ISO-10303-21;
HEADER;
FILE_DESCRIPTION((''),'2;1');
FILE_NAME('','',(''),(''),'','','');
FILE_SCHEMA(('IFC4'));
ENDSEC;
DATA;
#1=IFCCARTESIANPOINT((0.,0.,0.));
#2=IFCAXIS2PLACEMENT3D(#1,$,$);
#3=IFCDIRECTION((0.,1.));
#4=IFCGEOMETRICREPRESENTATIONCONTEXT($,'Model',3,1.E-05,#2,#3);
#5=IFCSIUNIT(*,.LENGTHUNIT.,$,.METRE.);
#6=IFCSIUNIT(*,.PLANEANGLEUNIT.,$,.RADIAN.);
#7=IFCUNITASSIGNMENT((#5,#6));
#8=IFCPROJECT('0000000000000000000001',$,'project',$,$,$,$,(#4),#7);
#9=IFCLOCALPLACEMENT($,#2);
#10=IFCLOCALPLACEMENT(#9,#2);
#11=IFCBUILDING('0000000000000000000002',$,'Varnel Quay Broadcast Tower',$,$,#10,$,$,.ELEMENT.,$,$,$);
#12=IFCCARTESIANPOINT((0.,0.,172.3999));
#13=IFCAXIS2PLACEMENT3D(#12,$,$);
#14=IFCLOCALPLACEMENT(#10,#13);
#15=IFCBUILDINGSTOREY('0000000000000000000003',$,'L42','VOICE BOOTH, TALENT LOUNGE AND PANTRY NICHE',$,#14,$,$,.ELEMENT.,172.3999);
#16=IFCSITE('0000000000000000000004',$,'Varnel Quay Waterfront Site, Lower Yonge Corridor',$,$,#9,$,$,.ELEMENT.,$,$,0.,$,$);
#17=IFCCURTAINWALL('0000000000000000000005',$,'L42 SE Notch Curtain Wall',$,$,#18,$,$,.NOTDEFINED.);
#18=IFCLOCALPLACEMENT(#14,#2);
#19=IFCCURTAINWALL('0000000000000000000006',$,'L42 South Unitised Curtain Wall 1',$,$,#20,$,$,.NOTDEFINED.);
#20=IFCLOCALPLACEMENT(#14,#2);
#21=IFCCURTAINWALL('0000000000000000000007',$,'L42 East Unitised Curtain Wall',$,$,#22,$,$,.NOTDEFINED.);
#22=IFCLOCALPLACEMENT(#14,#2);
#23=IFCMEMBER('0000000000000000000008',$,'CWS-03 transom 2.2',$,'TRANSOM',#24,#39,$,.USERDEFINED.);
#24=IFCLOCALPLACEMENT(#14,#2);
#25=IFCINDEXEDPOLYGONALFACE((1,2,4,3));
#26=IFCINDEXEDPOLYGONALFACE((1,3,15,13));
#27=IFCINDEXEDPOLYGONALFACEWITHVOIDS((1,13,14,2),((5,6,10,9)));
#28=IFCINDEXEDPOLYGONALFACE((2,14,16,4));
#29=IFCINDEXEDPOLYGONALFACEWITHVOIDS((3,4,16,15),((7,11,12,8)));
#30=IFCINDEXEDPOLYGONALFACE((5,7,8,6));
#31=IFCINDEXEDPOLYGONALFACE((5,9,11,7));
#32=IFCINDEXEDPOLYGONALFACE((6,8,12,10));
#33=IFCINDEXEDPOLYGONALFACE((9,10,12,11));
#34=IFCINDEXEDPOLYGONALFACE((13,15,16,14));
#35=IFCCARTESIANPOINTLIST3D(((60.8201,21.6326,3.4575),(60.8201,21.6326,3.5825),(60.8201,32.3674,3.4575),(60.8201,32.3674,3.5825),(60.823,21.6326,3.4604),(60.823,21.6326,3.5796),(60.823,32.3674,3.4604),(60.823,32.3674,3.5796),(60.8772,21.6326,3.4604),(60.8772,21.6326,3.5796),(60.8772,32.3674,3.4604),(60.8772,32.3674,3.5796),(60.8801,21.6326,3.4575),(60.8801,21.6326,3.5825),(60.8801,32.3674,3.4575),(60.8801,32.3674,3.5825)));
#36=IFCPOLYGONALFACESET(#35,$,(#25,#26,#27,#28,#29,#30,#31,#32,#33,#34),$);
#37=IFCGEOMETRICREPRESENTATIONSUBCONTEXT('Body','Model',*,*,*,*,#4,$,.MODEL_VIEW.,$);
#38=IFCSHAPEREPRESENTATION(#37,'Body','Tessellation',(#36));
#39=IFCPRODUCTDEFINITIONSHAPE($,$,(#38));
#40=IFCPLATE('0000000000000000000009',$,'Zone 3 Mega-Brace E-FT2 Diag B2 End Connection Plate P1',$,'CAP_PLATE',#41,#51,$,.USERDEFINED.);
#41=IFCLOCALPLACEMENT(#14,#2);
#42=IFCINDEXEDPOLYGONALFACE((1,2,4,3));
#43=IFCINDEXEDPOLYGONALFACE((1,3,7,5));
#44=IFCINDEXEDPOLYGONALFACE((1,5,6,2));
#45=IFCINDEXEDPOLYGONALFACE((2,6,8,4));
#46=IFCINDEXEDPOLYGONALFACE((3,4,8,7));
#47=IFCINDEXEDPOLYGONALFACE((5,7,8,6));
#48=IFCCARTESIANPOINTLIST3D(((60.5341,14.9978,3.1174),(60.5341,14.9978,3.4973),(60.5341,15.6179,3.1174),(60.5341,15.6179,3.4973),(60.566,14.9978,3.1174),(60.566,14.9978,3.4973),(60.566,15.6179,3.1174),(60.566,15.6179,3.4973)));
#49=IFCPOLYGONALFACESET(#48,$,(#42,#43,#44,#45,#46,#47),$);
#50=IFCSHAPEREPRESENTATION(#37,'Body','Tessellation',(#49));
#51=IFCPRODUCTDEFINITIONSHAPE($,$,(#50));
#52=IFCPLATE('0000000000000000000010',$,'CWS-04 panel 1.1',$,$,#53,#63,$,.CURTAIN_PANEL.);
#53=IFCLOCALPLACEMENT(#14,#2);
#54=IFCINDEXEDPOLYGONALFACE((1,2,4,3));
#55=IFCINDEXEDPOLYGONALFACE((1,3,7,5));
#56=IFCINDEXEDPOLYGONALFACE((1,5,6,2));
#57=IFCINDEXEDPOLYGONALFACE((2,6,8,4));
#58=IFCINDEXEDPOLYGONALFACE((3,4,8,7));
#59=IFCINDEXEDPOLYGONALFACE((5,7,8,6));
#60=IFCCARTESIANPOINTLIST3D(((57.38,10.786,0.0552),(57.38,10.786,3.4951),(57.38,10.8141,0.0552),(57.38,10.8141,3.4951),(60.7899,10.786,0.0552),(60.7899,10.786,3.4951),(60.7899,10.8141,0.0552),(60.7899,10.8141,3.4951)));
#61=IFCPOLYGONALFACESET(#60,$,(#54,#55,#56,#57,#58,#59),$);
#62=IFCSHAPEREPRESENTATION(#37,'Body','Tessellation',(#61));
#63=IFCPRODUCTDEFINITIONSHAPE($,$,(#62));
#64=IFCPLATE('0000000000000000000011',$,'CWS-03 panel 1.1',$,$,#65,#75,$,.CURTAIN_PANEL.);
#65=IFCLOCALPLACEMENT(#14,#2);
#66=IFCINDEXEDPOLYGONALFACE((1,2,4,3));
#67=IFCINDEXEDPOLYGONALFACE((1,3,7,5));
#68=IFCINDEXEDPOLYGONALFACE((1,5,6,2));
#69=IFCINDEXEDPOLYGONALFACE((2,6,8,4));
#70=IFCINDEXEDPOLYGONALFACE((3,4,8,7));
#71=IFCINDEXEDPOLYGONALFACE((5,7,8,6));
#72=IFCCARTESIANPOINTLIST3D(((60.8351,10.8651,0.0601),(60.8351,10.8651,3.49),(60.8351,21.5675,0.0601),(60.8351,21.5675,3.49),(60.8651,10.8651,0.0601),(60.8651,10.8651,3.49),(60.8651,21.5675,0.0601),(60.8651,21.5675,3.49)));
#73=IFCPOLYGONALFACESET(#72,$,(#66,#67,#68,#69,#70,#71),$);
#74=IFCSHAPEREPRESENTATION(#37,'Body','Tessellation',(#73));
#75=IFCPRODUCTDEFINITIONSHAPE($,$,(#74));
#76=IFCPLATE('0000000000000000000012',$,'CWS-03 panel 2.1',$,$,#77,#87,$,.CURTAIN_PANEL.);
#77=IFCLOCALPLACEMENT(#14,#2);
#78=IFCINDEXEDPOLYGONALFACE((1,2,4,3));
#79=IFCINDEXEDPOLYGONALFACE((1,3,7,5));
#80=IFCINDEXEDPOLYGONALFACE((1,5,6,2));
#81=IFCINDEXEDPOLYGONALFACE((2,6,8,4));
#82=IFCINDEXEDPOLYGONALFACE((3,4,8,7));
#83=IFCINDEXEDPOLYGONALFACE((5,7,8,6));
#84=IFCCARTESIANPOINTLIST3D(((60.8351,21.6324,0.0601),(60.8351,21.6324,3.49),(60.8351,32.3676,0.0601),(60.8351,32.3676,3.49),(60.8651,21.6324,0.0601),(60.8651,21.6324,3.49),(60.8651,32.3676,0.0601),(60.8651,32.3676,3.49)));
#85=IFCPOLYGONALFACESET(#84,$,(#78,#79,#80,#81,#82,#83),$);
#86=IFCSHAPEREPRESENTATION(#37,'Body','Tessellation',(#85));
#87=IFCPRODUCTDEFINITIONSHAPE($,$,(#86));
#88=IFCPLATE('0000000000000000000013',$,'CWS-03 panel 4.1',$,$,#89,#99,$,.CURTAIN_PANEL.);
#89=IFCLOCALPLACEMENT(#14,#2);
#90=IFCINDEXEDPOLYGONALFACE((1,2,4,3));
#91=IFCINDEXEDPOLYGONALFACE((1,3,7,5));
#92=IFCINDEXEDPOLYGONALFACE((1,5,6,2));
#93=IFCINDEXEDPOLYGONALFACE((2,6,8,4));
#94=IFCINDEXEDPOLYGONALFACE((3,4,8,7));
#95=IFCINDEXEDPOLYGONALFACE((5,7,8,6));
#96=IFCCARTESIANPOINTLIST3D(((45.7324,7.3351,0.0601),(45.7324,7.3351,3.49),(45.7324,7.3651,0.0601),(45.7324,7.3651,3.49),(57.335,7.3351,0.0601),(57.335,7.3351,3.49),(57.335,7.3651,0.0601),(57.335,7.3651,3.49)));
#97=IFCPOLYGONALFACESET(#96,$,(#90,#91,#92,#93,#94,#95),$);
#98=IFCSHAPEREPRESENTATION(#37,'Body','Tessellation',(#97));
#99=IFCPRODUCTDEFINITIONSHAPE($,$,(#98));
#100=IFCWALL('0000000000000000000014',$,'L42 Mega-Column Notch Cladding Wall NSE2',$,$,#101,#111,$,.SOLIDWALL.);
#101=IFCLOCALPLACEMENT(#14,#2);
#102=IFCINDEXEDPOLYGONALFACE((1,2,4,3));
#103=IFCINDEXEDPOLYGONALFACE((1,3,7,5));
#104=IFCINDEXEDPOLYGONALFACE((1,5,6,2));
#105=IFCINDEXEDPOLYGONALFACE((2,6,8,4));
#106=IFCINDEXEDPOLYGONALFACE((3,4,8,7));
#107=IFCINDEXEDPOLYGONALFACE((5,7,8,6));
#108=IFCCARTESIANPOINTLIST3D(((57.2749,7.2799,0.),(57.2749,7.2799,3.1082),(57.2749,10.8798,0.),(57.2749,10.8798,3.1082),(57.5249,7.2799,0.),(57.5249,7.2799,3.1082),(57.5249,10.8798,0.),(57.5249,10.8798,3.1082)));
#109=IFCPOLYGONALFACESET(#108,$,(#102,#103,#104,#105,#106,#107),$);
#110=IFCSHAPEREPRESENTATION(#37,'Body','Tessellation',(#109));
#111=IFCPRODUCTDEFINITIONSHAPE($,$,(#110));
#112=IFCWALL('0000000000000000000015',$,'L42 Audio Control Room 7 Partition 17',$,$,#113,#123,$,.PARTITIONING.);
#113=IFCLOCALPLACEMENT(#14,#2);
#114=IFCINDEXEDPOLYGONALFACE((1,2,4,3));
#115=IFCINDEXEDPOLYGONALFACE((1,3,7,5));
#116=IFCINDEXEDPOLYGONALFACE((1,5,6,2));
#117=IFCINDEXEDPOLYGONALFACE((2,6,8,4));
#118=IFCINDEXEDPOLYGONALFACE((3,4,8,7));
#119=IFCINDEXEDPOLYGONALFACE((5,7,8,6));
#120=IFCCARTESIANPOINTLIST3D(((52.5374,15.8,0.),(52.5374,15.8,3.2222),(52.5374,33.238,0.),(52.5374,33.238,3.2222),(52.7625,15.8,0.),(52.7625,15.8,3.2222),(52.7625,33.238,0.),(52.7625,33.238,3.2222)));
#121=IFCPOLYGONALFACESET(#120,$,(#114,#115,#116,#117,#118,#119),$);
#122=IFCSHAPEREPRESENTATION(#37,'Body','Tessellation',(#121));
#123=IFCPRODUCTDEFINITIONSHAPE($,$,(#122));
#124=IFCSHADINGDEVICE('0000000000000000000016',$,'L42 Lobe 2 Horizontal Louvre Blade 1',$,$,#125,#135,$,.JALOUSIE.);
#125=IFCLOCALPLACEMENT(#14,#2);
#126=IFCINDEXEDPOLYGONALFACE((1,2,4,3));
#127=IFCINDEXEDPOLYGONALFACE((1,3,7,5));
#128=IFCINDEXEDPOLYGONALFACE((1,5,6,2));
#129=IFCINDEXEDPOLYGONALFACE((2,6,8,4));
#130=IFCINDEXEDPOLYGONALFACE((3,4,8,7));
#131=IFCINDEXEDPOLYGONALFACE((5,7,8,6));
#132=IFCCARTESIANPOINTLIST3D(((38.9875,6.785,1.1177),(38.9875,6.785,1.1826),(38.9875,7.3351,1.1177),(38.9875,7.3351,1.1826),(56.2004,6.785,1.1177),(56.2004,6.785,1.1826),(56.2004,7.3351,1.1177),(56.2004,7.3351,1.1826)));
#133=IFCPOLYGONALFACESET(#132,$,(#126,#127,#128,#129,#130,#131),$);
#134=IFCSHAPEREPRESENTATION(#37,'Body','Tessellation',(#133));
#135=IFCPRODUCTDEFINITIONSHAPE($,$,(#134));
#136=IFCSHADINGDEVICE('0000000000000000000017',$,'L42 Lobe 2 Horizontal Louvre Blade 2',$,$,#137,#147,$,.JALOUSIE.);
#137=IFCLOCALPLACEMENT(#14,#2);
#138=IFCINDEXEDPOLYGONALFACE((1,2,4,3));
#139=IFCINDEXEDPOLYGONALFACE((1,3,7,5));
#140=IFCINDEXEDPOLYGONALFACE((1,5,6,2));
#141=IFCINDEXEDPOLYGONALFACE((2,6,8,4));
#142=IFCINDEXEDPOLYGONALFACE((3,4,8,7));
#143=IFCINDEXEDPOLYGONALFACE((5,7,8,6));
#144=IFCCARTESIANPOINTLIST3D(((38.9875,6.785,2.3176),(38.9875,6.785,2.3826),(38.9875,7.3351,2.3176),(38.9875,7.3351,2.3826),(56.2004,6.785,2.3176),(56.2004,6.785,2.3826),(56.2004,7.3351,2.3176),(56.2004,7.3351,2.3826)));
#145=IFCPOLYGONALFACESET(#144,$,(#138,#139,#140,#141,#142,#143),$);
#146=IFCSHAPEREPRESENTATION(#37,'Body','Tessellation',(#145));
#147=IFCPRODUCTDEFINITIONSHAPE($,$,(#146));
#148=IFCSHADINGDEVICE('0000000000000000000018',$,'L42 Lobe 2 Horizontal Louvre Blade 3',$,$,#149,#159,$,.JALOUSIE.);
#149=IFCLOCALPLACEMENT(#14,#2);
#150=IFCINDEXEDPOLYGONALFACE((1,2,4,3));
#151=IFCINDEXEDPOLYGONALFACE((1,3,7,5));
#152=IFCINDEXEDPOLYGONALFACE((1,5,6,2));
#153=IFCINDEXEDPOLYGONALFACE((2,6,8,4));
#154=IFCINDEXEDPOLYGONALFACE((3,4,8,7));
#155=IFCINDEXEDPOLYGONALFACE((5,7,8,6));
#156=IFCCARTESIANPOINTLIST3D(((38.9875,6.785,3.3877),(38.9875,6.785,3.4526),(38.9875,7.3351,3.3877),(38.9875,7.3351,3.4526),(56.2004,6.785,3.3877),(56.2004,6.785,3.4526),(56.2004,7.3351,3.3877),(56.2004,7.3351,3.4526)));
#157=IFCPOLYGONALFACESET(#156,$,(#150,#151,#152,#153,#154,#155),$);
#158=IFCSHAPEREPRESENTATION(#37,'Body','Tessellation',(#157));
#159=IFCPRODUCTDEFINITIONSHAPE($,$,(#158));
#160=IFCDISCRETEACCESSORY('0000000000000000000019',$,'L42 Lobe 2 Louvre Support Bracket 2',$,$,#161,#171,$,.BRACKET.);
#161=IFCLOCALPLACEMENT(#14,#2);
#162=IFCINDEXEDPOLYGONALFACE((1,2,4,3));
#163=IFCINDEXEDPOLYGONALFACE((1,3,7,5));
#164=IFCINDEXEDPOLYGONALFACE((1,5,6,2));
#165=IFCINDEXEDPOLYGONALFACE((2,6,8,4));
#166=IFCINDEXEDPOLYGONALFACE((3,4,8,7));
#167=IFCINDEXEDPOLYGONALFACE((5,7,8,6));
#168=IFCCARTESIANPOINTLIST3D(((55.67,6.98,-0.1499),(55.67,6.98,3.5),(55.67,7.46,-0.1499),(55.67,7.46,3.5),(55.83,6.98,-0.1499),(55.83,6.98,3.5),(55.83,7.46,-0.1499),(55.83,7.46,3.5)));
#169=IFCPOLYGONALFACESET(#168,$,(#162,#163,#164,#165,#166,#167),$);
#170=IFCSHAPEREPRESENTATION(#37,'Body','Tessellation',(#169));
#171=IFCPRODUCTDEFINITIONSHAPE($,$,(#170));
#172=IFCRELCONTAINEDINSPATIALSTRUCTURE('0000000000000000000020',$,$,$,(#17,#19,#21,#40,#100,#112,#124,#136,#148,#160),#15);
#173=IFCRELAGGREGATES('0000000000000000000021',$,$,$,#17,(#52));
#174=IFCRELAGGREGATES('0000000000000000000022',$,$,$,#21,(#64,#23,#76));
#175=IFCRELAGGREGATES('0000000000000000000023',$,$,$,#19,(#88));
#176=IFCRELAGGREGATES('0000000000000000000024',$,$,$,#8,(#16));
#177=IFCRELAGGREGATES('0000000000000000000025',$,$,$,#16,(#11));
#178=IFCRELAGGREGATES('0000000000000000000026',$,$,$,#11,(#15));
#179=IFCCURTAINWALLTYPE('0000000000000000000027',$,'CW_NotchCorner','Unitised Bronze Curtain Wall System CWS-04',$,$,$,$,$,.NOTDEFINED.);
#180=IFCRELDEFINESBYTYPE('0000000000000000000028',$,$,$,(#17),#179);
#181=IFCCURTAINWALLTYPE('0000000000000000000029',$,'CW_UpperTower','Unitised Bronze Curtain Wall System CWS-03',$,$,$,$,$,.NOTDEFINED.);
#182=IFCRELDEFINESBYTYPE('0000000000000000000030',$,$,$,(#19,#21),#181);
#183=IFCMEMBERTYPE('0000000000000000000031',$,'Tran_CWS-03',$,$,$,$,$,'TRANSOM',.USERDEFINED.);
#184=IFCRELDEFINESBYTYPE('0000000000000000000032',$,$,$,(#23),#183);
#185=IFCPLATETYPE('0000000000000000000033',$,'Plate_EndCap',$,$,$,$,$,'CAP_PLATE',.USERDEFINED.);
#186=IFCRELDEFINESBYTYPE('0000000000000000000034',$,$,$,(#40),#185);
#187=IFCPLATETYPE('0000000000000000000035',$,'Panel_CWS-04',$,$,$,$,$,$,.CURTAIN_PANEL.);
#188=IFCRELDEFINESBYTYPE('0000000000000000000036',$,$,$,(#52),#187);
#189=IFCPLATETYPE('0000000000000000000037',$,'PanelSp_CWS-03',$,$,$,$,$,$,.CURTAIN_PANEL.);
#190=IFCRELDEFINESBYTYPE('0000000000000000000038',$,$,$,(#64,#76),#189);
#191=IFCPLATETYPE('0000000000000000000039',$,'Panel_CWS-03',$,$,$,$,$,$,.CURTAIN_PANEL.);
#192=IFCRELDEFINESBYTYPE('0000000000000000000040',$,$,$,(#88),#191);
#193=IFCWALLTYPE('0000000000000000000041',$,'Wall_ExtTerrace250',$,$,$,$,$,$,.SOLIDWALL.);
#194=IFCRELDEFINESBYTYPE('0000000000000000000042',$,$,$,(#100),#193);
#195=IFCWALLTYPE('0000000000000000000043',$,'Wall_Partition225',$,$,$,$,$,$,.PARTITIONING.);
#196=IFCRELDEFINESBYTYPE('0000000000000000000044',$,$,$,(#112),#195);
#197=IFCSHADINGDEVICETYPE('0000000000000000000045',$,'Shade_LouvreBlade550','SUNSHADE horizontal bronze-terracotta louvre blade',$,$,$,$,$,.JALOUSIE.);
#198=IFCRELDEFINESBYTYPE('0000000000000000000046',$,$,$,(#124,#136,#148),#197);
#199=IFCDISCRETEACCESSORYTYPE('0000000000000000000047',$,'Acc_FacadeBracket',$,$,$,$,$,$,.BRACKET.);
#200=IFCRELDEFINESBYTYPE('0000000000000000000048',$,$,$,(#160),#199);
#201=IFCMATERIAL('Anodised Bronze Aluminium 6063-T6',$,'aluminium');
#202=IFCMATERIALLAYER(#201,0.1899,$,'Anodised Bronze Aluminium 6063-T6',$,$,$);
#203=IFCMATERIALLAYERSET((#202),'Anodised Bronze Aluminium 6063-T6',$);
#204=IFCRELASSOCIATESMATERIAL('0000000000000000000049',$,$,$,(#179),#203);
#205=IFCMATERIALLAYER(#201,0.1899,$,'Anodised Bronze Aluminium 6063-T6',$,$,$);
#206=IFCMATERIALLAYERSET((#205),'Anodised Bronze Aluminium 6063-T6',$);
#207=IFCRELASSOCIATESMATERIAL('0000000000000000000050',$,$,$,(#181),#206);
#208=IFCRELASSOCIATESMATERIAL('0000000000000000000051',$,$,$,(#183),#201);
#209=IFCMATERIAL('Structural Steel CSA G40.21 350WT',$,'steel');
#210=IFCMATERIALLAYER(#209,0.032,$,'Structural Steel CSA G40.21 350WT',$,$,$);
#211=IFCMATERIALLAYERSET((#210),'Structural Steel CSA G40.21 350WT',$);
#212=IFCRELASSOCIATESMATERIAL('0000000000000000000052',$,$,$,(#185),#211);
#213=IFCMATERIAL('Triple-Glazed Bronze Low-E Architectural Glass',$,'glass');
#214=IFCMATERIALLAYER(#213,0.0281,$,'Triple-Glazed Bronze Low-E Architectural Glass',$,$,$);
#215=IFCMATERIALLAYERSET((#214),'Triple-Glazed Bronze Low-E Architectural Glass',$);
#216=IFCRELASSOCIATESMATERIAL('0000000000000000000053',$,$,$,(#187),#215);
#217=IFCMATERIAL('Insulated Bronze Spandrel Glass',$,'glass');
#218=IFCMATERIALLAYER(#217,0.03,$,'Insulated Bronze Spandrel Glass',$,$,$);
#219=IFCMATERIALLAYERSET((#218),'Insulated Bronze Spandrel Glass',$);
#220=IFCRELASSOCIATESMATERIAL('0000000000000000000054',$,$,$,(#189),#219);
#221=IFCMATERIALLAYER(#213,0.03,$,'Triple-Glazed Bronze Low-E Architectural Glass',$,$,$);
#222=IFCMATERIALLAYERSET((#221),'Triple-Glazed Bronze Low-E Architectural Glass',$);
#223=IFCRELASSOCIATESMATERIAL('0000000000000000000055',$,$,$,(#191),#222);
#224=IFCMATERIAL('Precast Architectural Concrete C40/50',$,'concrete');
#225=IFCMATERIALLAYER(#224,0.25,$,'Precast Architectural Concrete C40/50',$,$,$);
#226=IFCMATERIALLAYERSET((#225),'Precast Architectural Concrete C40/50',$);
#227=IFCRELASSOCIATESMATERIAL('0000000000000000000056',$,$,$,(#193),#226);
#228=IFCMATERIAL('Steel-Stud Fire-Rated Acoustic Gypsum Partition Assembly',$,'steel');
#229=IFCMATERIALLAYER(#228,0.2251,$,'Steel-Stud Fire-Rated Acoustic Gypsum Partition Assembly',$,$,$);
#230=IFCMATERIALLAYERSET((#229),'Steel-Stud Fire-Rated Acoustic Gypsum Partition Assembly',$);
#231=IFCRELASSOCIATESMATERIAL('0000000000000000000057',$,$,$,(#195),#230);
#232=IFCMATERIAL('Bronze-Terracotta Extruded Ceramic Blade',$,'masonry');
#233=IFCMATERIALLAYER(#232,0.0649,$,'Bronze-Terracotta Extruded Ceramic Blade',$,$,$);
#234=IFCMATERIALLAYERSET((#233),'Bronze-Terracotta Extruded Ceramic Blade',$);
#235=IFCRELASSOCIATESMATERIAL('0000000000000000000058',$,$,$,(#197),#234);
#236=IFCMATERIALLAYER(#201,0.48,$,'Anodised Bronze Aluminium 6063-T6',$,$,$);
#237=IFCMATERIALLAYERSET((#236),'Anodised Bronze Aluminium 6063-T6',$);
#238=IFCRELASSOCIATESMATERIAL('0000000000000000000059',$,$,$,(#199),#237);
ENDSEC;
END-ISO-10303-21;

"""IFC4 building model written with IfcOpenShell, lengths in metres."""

from ifc_helpers import new_model, si_unit, direction, frame, frame_2d, origin, origin_2d, place, context, subcontext, project, spatial, rectangle, hollow_rectangle, extrude, source, transform, mapped, material, layer, layer_set, material_profile, profile_set, type_object, type_shapes, element, aggregate, save


model = new_model("IFC4")

# Units and contexts
model_context = context("Model", 3, precision=1e-05, world=origin(), true_north=direction((0.0, 1.0)))
body_context = subcontext(model_context, "Body", "Model", "MODEL_VIEW")
ifc_project = project(units=[si_unit("LENGTHUNIT", "METRE"), si_unit("PLANEANGLEUNIT", "RADIAN")], contexts=[model_context])

# Site, building, storey
site_placement = place(None, origin())
site = spatial("IfcSite", under=ifc_project, at=site_placement, Name="Varnel Quay Waterfront Site, Lower Yonge Corridor", CompositionType="ELEMENT", RefElevation=0.0)
building_placement = place(site_placement, origin())
building = spatial("IfcBuilding", under=site, at=building_placement, Name="Varnel Quay Broadcast Tower", CompositionType="ELEMENT")
storey_placement = place(building_placement, frame((0.0, 0.0, 172.3999)))
storey = spatial("IfcBuildingStorey", under=building, at=storey_placement, Name="L42", Description="VOICE BOOTH, TALENT LOUNGE AND PANTRY NICHE", CompositionType="ELEMENT", Elevation=172.3999)

# Shared definitions
ifc_material_1 = material(Name="Structural Steel CSA G40.21 350WT", Category="steel")

# Curtain wall
ifc_material_2 = material(Name="Anodised Bronze Aluminium 6063-T6", Category="aluminium")
ifc_layer_1 = layer(ifc_material_2, 0.1899, Name="Anodised Bronze Aluminium 6063-T6")
ifc_layer_set_1 = layer_set([ifc_layer_1], Name="Anodised Bronze Aluminium 6063-T6")
curtain_wall_type_1 = type_object("IfcCurtainWallType", Name="CW_NotchCorner", Description="Unitised Bronze Curtain Wall System CWS-04", PredefinedType="NOTDEFINED", material=ifc_layer_set_1)
curtain_wall_1_placement = place(storey_placement, origin())
curtain_wall_1 = element("IfcCurtainWall", 1, at=curtain_wall_1_placement, inside=storey, type_object=curtain_wall_type_1, Name="L42 SE Notch Curtain Wall", PredefinedType="NOTDEFINED")

# Curtain wall
ifc_layer_2 = layer(ifc_material_2, 0.1899, Name="Anodised Bronze Aluminium 6063-T6")
ifc_layer_set_2 = layer_set([ifc_layer_2], Name="Anodised Bronze Aluminium 6063-T6")
curtain_wall_type_2 = type_object("IfcCurtainWallType", Name="CW_UpperTower", Description="Unitised Bronze Curtain Wall System CWS-03", PredefinedType="NOTDEFINED", material=ifc_layer_set_2)
curtain_wall_2_placement = place(storey_placement, origin())
curtain_wall_2 = element("IfcCurtainWall", 2, at=curtain_wall_2_placement, inside=storey, type_object=curtain_wall_type_2, Name="L42 South Unitised Curtain Wall 1", PredefinedType="NOTDEFINED")

# Curtain wall, member
curtain_wall_3_placement = place(storey_placement, origin())
curtain_wall_3 = element("IfcCurtainWall", 3, at=curtain_wall_3_placement, inside=storey, type_object=curtain_wall_type_2, Name="L42 East Unitised Curtain Wall", PredefinedType="NOTDEFINED")
ifc_material_profile_1 = material_profile(ifc_material_2, hollow_rectangle(XDim=0.0601, YDim=0.125, WallThickness=0.0029, at=origin_2d()), Name="ALU60X125X3")
ifc_profile_set_1 = profile_set([ifc_material_profile_1], Name="Anodised Bronze Aluminium 6063-T6")
member_type_1 = type_object("IfcMemberType", Name="Tran_CWS-03", ElementType="TRANSOM", PredefinedType="USERDEFINED", material=ifc_profile_set_1)
shared_shape_1 = source(origin(), body_context, "Body", "SweptSolid", [
    extrude(hollow_rectangle(XDim=0.0601, YDim=0.125, WallThickness=0.0029, at=origin_2d()), origin(), (0.0, 0.0, 1.0), 10.7349),
])
member_1_placement = place(storey_placement, frame((60.8501, 21.6326, 3.52), z_axis=(0.0, 1.0, 0.0), x_axis=(-1.0, 0.0, 0.0)))
member_1 = element("IfcMember", 4, at=member_1_placement, type_object=member_type_1, Name="CWS-03 transom 2.2", ObjectType="TRANSOM", PredefinedType="USERDEFINED", context=body_context, shape_type="MappedRepresentation", body=[
    mapped(shared_shape_1, transform((0.0, 0.0, 0.0), x_axis=(1.0, 0.0, 0.0), y_axis=(0.0, 1.0, 0.0), z_axis=(0.0, 0.0, 1.0), scale=1.0)),
])

# Plates
ifc_layer_3 = layer(ifc_material_1, 0.032, Name="Structural Steel CSA G40.21 350WT")
ifc_layer_set_3 = layer_set([ifc_layer_3], Name="Structural Steel CSA G40.21 350WT")
plate_type_1 = type_object("IfcPlateType", Name="Plate_EndCap", ElementType="CAP_PLATE", PredefinedType="USERDEFINED", material=ifc_layer_set_3)
shared_shape_2 = source(origin(), body_context, "Body", "SweptSolid", [
    extrude(rectangle(XDim=0.6201, YDim=0.032, at=origin_2d()), origin(), (0.0, 0.0, 1.0), 0.3799),
])
type_shapes(plate_type_1, [shared_shape_2])
plate_1_placement = place(storey_placement, frame((60.55, 15.3079, 3.1174), z_axis=(0.0, 0.0, 1.0), x_axis=(0.0, 1.0, 0.0)))
element("IfcPlate", 5, at=plate_1_placement, inside=storey, type_object=plate_type_1, Name="Zone 3 Mega-Brace E-FT2 Diag B2 End Connection Plate P1", ObjectType="CAP_PLATE", PredefinedType="USERDEFINED", context=body_context, shape_type="MappedRepresentation", body=[
    mapped(shared_shape_2, transform((0.0, 0.0, 0.0), x_axis=(1.0, 0.0, 0.0), y_axis=(0.0, 1.0, 0.0), z_axis=(0.0, 0.0, 1.0), scale=1.0)),
])
ifc_material_3 = material(Name="Triple-Glazed Bronze Low-E Architectural Glass", Category="glass")
ifc_layer_4 = layer(ifc_material_3, 0.0281, Name="Triple-Glazed Bronze Low-E Architectural Glass")
ifc_layer_set_4 = layer_set([ifc_layer_4], Name="Triple-Glazed Bronze Low-E Architectural Glass")
plate_type_2 = type_object("IfcPlateType", Name="Panel_CWS-04", PredefinedType="CURTAIN_PANEL", material=ifc_layer_set_4)
shared_shape_3 = source(origin(), body_context, "Body", "SweptSolid", [
    extrude(rectangle(XDim=3.4099, YDim=0.0281, at=origin_2d()), origin(), (0.0, 0.0, 1.0), 3.4399),
])
type_shapes(plate_type_2, [shared_shape_3])
plate_2_placement = place(storey_placement, frame((59.085, 10.8, 0.0552), z_axis=(0.0, 0.0, 1.0), x_axis=(1.0, 0.0, 0.0)))
plate_2 = element("IfcPlate", 6, at=plate_2_placement, type_object=plate_type_2, Name="CWS-04 panel 1.1", PredefinedType="CURTAIN_PANEL", context=body_context, shape_type="MappedRepresentation", body=[
    mapped(shared_shape_3, transform((0.0, 0.0, 0.0), x_axis=(1.0, 0.0, 0.0), y_axis=(0.0, 1.0, 0.0), z_axis=(0.0, 0.0, 1.0), scale=1.0)),
])
aggregate(curtain_wall_1, [plate_2])
ifc_material_4 = material(Name="Insulated Bronze Spandrel Glass", Category="glass")
ifc_layer_5 = layer(ifc_material_4, 0.03, Name="Insulated Bronze Spandrel Glass")
ifc_layer_set_5 = layer_set([ifc_layer_5], Name="Insulated Bronze Spandrel Glass")
plate_type_3 = type_object("IfcPlateType", Name="PanelSp_CWS-03", PredefinedType="CURTAIN_PANEL", material=ifc_layer_set_5)
shared_shape_4 = source(origin(), body_context, "Body", "SweptSolid", [
    extrude(rectangle(XDim=10.7024, YDim=0.03, at=origin_2d()), origin(), (0.0, 0.0, 1.0), 3.4299),
])
plate_3_placement = place(storey_placement, frame((60.8501, 16.2163, 0.0601), z_axis=(0.0, 0.0, 1.0), x_axis=(0.0, 1.0, 0.0)))
plate_3 = element("IfcPlate", 7, at=plate_3_placement, type_object=plate_type_3, Name="CWS-03 panel 1.1", PredefinedType="CURTAIN_PANEL", context=body_context, shape_type="MappedRepresentation", body=[
    mapped(shared_shape_4, transform((0.0, 0.0, 0.0), x_axis=(1.0, 0.0, 0.0), y_axis=(0.0, 1.0, 0.0), z_axis=(0.0, 0.0, 1.0), scale=1.0)),
])
shared_shape_5 = source(origin(), body_context, "Body", "SweptSolid", [
    extrude(rectangle(XDim=10.7351, YDim=0.03, at=origin_2d()), origin(), (0.0, 0.0, 1.0), 3.4299),
])
type_shapes(plate_type_3, [shared_shape_4, shared_shape_5])
plate_4_placement = place(storey_placement, frame((60.8501, 27.0, 0.0601), z_axis=(0.0, 0.0, 1.0), x_axis=(0.0, 1.0, 0.0)))
plate_4 = element("IfcPlate", 8, at=plate_4_placement, type_object=plate_type_3, Name="CWS-03 panel 2.1", PredefinedType="CURTAIN_PANEL", context=body_context, shape_type="MappedRepresentation", body=[
    mapped(shared_shape_5, transform((0.0, 0.0, 0.0), x_axis=(1.0, 0.0, 0.0), y_axis=(0.0, 1.0, 0.0), z_axis=(0.0, 0.0, 1.0), scale=1.0)),
])
aggregate(curtain_wall_3, [plate_3, member_1, plate_4])
ifc_layer_6 = layer(ifc_material_3, 0.03, Name="Triple-Glazed Bronze Low-E Architectural Glass")
ifc_layer_set_6 = layer_set([ifc_layer_6], Name="Triple-Glazed Bronze Low-E Architectural Glass")
plate_type_4 = type_object("IfcPlateType", Name="Panel_CWS-03", PredefinedType="CURTAIN_PANEL", material=ifc_layer_set_6)
shared_shape_6 = source(origin(), body_context, "Body", "SweptSolid", [
    extrude(rectangle(XDim=11.6025, YDim=0.03, at=origin_2d()), origin(), (0.0, 0.0, 1.0), 3.4299),
])
type_shapes(plate_type_4, [shared_shape_6])
plate_5_placement = place(storey_placement, frame((51.5337, 7.3501, 0.0601), z_axis=(0.0, 0.0, 1.0), x_axis=(1.0, 0.0, 0.0)))
plate_5 = element("IfcPlate", 9, at=plate_5_placement, type_object=plate_type_4, Name="CWS-03 panel 4.1", PredefinedType="CURTAIN_PANEL", context=body_context, shape_type="MappedRepresentation", body=[
    mapped(shared_shape_6, transform((0.0, 0.0, 0.0), x_axis=(1.0, 0.0, 0.0), y_axis=(0.0, 1.0, 0.0), z_axis=(0.0, 0.0, 1.0), scale=1.0)),
])
aggregate(curtain_wall_2, [plate_5])

# Walls
ifc_material_5 = material(Name="Precast Architectural Concrete C40/50", Category="concrete")
ifc_layer_7 = layer(ifc_material_5, 0.25, Name="Precast Architectural Concrete C40/50")
ifc_layer_set_7 = layer_set([ifc_layer_7], Name="Precast Architectural Concrete C40/50")
wall_type_1 = type_object("IfcWallType", Name="Wall_ExtTerrace250", PredefinedType="SOLIDWALL", material=ifc_layer_set_7)
wall_1_placement = place(storey_placement, frame((57.3999, 7.28, 0.0), z_axis=(0.0, 0.0, 1.0), x_axis=(0.0, 1.0, 0.0)))
element("IfcWall", 10, at=wall_1_placement, inside=storey, type_object=wall_type_1, Name="L42 Mega-Column Notch Cladding Wall NSE2", PredefinedType="SOLIDWALL", context=body_context, shape_type="SweptSolid", body=[
    extrude(rectangle(XDim=3.5999, YDim=0.25, at=frame_2d((1.7998, 0.0))), origin(), (0.0, 0.0, 1.0), 3.1082),
])
ifc_material_6 = material(Name="Steel-Stud Fire-Rated Acoustic Gypsum Partition Assembly", Category="steel")
ifc_layer_8 = layer(ifc_material_6, 0.2251, Name="Steel-Stud Fire-Rated Acoustic Gypsum Partition Assembly")
ifc_layer_set_8 = layer_set([ifc_layer_8], Name="Steel-Stud Fire-Rated Acoustic Gypsum Partition Assembly")
wall_type_2 = type_object("IfcWallType", Name="Wall_Partition225", PredefinedType="PARTITIONING", material=ifc_layer_set_8)
wall_2_placement = place(storey_placement, frame((52.6499, 15.8, 0.0), z_axis=(0.0, 0.0, 1.0), x_axis=(0.0, 1.0, 0.0)))
element("IfcWall", 11, at=wall_2_placement, inside=storey, type_object=wall_type_2, Name="L42 Audio Control Room 7 Partition 17", PredefinedType="PARTITIONING", context=body_context, shape_type="SweptSolid", body=[
    extrude(rectangle(XDim=17.438, YDim=0.2251, at=frame_2d((8.719, 0.0))), origin(), (0.0, 0.0, 1.0), 3.2222),
])

# Shading devices
ifc_material_7 = material(Name="Bronze-Terracotta Extruded Ceramic Blade", Category="masonry")
ifc_layer_9 = layer(ifc_material_7, 0.0649, Name="Bronze-Terracotta Extruded Ceramic Blade")
ifc_layer_set_9 = layer_set([ifc_layer_9], Name="Bronze-Terracotta Extruded Ceramic Blade")
shading_device_type = type_object("IfcShadingDeviceType", Name="Shade_LouvreBlade550", Description="SUNSHADE horizontal bronze-terracotta louvre blade", PredefinedType="JALOUSIE", material=ifc_layer_set_9)
shared_shape_7 = source(origin(), body_context, "Body", "SweptSolid", [
    extrude(rectangle(XDim=17.2129, YDim=0.55, at=origin_2d()), origin(), (0.0, 0.0, 1.0), 0.0649),
])
type_shapes(shading_device_type, [shared_shape_7])
for number, where, z_axis, x_axis, name in (
    (12, (47.594, 7.0601, 1.1177), (0.0, 0.0, 1.0), (1.0, 0.0, 0.0), "L42 Lobe 2 Horizontal Louvre Blade 1"),
    (13, (47.594, 7.0601, 2.3176), (0.0, 0.0, 1.0), (1.0, 0.0, 0.0), "L42 Lobe 2 Horizontal Louvre Blade 2"),
    (14, (47.594, 7.0601, 3.3877), (0.0, 0.0, 1.0), (1.0, 0.0, 0.0), "L42 Lobe 2 Horizontal Louvre Blade 3"),
):
    element("IfcShadingDevice", number, at=place(storey_placement, frame(where, z_axis=z_axis, x_axis=x_axis)), inside=storey, type_object=shading_device_type, Name=name, PredefinedType="JALOUSIE", context=body_context, shape_type="MappedRepresentation", body=[
        mapped(shared_shape_7, transform((0.0, 0.0, 0.0), x_axis=(1.0, 0.0, 0.0), y_axis=(0.0, 1.0, 0.0), z_axis=(0.0, 0.0, 1.0), scale=1.0)),
    ])

# Discrete accessory
ifc_layer_10 = layer(ifc_material_2, 0.48, Name="Anodised Bronze Aluminium 6063-T6")
ifc_layer_set_10 = layer_set([ifc_layer_10], Name="Anodised Bronze Aluminium 6063-T6")
discrete_accessory_type = type_object("IfcDiscreteAccessoryType", Name="Acc_FacadeBracket", PredefinedType="BRACKET", material=ifc_layer_set_10)
shared_shape_8 = source(origin(), body_context, "Body", "SweptSolid", [
    extrude(rectangle(XDim=0.1599, YDim=0.48, at=origin_2d()), origin(), (0.0, 0.0, 1.0), 3.6499),
])
type_shapes(discrete_accessory_type, [shared_shape_8])
discrete_accessory_placement = place(storey_placement, frame((55.75, 7.22, -0.1499), z_axis=(0.0, 0.0, 1.0), x_axis=(1.0, 0.0, 0.0)))
element("IfcDiscreteAccessory", 15, at=discrete_accessory_placement, inside=storey, type_object=discrete_accessory_type, Name="L42 Lobe 2 Louvre Support Bracket 2", PredefinedType="BRACKET", context=body_context, shape_type="MappedRepresentation", body=[
    mapped(shared_shape_8, transform((0.0, 0.0, 0.0), x_axis=(1.0, 0.0, 0.0), y_axis=(0.0, 1.0, 0.0), z_axis=(0.0, 0.0, 1.0), scale=1.0)),
])

save(model, "model.ifc")
